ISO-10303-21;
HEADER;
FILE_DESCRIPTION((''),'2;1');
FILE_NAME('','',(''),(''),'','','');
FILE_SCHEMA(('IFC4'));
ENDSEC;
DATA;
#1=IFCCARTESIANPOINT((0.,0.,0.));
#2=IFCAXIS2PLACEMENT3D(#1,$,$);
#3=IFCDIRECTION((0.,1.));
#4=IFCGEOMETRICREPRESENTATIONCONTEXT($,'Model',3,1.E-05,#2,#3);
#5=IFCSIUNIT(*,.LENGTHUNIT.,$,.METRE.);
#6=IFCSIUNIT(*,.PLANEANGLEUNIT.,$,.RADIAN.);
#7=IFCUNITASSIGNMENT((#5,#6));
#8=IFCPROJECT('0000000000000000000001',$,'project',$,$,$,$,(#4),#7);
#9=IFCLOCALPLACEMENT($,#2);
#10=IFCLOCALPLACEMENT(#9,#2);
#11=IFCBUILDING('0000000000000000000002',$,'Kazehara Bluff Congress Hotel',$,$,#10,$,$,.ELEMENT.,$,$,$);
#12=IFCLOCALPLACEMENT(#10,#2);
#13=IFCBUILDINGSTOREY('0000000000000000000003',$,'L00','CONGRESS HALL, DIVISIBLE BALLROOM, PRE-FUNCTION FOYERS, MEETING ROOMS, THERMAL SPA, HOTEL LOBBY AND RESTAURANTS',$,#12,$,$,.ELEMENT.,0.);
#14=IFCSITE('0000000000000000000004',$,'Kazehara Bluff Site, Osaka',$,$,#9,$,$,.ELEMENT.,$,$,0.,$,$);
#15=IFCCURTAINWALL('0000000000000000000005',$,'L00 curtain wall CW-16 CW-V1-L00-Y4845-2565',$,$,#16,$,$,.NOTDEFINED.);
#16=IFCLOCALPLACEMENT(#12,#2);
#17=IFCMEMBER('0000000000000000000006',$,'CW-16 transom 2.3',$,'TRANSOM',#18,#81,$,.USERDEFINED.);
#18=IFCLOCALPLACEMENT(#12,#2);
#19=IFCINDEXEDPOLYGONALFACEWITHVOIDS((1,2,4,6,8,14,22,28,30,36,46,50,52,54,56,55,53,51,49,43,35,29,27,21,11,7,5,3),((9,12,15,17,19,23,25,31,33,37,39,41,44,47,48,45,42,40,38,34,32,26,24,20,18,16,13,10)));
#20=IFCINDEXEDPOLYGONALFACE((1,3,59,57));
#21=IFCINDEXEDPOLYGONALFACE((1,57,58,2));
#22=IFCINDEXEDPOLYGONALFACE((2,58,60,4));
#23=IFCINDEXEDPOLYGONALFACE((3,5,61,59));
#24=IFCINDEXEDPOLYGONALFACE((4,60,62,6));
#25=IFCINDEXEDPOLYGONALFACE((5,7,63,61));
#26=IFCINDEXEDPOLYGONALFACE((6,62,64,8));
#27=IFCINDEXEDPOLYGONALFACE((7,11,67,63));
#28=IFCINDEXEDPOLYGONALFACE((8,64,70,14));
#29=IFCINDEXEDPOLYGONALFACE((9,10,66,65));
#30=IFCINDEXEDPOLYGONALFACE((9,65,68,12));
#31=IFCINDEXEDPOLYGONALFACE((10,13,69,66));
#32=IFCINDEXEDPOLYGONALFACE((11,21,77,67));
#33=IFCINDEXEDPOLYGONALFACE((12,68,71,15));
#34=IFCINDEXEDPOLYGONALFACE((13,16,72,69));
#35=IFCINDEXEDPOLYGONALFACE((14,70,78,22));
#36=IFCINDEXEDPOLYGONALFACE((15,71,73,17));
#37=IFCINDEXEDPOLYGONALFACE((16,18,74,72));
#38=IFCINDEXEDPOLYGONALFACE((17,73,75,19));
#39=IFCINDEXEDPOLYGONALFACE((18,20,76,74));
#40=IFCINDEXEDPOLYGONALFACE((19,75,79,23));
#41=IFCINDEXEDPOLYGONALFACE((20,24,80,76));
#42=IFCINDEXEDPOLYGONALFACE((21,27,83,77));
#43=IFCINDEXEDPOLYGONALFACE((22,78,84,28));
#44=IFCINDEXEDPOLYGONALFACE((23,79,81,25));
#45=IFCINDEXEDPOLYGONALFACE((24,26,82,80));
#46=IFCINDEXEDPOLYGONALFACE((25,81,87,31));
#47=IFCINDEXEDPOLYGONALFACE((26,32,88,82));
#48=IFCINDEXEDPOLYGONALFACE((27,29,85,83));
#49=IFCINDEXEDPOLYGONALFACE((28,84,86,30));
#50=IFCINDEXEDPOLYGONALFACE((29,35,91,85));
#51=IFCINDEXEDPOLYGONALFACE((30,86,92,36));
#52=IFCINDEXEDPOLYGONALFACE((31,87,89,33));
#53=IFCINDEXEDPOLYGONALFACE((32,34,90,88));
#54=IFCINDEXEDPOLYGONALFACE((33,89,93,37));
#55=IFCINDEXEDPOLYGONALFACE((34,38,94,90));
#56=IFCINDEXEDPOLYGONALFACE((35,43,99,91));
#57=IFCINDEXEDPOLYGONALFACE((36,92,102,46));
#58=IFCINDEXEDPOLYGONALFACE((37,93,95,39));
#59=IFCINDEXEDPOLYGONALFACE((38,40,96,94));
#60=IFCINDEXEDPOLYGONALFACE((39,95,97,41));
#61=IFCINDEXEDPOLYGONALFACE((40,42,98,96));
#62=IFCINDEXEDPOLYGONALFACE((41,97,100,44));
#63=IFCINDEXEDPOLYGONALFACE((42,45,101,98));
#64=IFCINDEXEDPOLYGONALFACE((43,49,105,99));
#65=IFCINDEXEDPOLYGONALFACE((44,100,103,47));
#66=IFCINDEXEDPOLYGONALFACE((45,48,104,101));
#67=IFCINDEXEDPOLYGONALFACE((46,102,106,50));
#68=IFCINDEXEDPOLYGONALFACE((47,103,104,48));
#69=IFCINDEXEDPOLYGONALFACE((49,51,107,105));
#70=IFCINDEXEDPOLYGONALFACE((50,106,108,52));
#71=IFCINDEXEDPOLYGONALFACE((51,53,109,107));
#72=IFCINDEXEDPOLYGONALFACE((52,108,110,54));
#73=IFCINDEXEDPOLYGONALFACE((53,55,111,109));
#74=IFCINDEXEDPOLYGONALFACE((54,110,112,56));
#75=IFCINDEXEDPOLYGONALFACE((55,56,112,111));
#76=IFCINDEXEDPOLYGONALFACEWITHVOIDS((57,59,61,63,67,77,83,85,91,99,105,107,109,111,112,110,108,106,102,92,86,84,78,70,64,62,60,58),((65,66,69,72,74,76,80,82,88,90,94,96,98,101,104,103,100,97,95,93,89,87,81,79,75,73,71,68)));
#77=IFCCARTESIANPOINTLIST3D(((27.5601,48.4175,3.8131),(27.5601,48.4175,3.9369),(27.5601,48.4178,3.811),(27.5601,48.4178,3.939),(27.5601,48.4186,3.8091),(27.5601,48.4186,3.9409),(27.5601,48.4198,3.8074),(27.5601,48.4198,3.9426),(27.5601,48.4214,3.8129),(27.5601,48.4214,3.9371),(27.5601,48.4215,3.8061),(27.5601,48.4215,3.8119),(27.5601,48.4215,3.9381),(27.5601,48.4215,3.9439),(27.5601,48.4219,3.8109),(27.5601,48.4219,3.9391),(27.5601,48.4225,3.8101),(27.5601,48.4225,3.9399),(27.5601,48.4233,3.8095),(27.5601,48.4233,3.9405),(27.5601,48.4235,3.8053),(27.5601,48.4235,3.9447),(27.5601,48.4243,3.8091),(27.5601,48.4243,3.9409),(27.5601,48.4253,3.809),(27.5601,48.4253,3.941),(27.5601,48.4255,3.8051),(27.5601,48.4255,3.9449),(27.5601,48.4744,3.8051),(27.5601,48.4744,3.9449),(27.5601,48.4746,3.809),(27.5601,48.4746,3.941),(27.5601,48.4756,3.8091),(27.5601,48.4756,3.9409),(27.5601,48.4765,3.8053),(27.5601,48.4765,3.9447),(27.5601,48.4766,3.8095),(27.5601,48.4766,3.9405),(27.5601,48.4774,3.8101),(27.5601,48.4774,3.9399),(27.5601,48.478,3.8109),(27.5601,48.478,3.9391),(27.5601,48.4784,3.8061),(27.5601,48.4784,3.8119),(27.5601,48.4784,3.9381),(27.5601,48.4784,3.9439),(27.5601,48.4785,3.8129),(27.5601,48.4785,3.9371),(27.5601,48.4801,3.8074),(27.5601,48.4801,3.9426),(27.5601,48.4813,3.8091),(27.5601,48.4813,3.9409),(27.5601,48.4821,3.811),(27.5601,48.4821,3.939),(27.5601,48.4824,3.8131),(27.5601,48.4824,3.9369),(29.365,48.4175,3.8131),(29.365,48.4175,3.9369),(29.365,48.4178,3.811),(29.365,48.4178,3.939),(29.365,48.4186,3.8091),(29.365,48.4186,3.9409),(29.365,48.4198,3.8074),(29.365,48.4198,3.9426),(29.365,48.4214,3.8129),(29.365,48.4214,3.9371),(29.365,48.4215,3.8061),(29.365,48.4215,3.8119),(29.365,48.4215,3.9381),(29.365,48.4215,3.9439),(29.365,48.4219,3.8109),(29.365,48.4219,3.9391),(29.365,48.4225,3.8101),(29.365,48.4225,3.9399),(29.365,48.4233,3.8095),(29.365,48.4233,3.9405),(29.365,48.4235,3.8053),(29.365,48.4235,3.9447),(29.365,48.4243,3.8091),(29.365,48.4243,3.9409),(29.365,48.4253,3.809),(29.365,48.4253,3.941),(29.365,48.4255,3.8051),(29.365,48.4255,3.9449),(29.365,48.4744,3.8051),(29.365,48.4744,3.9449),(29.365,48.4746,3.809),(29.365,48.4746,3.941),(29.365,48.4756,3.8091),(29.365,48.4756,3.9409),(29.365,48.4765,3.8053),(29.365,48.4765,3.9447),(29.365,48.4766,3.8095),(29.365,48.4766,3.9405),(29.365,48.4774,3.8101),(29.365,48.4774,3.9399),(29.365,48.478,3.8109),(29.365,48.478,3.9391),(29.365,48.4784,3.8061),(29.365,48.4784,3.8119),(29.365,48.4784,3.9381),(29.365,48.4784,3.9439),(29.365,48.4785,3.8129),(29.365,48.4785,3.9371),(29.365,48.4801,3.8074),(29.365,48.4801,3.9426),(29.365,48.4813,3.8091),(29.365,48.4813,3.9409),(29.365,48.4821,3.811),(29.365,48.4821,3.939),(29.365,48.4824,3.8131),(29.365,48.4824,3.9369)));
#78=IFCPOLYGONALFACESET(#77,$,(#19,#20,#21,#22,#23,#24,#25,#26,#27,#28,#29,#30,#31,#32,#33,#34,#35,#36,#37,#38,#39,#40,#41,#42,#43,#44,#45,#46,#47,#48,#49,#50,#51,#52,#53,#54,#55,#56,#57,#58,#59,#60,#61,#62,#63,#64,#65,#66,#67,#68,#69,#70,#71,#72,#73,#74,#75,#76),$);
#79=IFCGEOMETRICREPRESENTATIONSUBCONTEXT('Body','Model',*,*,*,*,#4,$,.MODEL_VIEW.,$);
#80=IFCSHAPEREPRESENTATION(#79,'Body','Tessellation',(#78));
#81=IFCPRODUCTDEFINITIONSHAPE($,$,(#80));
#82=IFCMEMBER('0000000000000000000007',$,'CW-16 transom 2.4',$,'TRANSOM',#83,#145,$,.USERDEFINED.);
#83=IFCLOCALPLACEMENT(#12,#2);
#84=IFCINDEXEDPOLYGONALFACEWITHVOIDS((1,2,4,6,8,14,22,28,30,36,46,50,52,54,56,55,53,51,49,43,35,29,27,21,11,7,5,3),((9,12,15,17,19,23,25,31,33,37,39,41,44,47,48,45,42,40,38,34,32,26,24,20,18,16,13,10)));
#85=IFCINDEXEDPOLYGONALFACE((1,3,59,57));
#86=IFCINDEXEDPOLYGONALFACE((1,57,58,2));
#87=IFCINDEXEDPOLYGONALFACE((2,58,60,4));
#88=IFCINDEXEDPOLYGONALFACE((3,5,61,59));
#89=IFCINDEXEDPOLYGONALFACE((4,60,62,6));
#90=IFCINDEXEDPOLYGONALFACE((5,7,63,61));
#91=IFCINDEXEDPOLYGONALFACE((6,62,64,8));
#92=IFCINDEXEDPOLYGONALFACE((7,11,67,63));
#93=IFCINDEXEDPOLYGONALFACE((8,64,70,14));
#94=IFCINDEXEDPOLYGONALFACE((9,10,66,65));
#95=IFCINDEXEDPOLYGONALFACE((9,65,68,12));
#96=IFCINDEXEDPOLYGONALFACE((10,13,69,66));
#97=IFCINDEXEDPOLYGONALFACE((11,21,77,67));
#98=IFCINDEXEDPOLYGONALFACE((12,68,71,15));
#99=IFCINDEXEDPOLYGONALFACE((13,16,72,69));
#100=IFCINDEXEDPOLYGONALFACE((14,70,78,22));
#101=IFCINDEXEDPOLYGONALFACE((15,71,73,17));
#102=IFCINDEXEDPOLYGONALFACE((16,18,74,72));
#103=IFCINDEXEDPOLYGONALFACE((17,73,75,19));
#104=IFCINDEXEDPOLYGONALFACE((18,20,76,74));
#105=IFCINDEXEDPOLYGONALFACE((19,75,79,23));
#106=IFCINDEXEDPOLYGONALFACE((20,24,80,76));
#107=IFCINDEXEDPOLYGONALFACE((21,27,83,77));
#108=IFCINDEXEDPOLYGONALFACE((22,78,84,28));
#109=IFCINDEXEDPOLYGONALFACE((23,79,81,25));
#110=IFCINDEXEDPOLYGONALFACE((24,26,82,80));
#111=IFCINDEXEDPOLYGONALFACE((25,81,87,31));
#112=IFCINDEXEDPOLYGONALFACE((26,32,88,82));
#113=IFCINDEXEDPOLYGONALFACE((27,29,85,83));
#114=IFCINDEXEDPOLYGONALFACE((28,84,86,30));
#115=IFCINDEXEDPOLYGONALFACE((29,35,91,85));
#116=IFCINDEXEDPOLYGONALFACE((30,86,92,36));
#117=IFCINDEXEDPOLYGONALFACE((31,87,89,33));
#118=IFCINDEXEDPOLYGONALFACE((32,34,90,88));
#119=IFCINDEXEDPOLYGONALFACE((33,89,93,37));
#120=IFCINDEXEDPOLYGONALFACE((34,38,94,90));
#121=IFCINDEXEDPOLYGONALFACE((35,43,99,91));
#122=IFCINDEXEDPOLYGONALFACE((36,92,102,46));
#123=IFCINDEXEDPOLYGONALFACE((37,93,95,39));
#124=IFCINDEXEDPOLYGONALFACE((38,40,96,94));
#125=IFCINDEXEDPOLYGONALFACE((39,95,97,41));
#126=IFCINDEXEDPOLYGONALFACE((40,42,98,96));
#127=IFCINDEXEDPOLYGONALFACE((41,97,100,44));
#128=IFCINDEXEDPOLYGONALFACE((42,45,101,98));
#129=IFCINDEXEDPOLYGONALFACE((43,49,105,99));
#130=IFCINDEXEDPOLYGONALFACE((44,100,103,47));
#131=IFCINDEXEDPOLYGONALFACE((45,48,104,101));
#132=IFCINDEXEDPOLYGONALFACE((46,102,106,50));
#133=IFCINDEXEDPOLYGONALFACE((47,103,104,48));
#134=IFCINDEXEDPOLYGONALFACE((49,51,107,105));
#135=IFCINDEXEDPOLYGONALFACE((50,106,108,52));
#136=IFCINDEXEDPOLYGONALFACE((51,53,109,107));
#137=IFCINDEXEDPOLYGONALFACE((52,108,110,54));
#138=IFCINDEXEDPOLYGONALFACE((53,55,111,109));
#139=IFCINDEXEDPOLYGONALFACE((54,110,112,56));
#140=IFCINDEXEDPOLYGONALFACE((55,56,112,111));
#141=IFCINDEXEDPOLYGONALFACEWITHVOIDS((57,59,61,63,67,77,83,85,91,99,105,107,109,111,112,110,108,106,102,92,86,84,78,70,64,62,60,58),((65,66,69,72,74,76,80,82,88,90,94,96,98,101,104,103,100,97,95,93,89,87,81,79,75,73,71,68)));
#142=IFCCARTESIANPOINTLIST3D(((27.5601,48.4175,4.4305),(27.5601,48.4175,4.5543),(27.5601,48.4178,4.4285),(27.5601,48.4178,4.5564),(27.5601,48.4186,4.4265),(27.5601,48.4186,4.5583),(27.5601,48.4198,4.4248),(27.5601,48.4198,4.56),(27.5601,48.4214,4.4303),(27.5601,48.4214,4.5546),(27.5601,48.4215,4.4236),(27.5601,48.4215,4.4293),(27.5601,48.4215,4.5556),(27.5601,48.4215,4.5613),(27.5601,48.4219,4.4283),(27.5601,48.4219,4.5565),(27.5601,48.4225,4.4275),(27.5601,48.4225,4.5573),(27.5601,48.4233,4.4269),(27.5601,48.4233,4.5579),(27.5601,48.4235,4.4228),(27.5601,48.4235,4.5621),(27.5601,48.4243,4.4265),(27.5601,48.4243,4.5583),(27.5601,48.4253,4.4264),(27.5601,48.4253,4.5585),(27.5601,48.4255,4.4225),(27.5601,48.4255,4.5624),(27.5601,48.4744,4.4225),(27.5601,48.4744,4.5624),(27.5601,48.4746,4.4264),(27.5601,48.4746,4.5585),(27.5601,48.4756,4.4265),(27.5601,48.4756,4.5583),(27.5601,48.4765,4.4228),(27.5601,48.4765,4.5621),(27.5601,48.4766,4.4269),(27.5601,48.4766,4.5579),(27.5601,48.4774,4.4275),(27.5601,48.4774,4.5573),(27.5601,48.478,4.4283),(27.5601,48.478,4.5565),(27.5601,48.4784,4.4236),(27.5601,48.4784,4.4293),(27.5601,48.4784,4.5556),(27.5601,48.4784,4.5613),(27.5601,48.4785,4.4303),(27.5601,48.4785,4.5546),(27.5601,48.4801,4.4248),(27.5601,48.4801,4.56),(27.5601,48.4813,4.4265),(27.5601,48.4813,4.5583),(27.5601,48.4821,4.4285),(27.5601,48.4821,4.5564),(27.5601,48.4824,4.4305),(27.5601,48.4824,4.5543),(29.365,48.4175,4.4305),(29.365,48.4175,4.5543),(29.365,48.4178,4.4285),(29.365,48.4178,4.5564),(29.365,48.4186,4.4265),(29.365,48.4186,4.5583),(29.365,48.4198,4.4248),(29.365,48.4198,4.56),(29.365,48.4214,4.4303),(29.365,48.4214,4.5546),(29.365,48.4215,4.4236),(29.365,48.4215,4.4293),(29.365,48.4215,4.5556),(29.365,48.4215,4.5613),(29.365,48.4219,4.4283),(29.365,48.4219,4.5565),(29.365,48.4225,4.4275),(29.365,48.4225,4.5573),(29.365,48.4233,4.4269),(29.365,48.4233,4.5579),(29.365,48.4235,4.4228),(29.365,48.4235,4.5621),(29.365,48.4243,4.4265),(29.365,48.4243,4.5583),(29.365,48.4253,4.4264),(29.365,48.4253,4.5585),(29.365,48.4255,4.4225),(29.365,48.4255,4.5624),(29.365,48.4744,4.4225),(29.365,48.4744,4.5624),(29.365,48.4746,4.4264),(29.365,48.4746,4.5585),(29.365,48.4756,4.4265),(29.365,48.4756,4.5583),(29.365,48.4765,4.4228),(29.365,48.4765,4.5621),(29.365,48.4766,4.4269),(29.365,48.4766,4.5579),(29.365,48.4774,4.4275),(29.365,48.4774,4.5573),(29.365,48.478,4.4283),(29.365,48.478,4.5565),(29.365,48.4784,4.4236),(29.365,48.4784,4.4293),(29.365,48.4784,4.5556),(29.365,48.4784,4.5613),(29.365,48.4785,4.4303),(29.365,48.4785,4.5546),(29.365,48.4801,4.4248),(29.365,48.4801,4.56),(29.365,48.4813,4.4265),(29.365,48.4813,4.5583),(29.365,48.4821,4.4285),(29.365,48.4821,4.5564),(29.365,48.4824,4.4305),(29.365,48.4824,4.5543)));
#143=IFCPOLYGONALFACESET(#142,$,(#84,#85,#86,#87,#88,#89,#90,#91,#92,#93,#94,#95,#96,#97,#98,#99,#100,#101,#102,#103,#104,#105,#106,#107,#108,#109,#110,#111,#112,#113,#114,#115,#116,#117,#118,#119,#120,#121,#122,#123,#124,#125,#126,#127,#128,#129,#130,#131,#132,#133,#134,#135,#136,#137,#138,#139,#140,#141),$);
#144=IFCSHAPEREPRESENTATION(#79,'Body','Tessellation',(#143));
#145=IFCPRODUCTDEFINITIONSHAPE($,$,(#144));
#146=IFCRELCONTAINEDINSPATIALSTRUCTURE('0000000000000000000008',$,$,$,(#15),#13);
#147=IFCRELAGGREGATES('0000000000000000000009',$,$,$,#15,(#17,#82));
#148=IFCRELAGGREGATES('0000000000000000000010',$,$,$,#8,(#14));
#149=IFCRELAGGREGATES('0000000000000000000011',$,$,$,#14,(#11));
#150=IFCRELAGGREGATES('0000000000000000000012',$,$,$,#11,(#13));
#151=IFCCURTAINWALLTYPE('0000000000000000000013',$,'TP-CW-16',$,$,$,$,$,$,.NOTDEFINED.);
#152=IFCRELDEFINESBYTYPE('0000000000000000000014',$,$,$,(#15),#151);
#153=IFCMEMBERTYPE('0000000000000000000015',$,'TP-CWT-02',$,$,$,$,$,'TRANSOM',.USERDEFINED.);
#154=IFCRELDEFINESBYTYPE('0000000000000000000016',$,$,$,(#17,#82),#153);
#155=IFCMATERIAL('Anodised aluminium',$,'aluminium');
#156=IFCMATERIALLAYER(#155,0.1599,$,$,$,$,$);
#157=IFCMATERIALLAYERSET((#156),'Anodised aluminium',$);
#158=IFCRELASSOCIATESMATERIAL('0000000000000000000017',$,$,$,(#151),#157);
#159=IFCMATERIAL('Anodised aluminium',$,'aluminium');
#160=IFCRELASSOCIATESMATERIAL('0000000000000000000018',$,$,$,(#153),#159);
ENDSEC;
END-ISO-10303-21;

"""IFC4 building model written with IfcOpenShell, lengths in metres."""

from ifc_helpers import new_model, si_unit, direction, frame, origin, origin_2d, place, context, subcontext, project, spatial, hollow_rectangle, extrude, material, layer, layer_set, material_profile, profile_set, type_object, element, aggregate, save


model = new_model("IFC4")

# Units and contexts
model_context = context("Model", 3, precision=1e-05, world=origin(), true_north=direction((0.0, 1.0)))
body_context = subcontext(model_context, "Body", "Model", "MODEL_VIEW")
ifc_project = project(units=[si_unit("LENGTHUNIT", "METRE"), si_unit("PLANEANGLEUNIT", "RADIAN")], contexts=[model_context])

# Site, building, storey
site_placement = place(None, origin())
site = spatial("IfcSite", under=ifc_project, at=site_placement, Name="Kazehara Bluff Site, Osaka", CompositionType="ELEMENT", RefElevation=0.0)
building_placement = place(site_placement, origin())
building = spatial("IfcBuilding", under=site, at=building_placement, Name="Kazehara Bluff Congress Hotel", CompositionType="ELEMENT")
storey_placement = place(building_placement, origin())
storey = spatial("IfcBuildingStorey", under=building, at=storey_placement, Name="L00", Description="CONGRESS HALL, DIVISIBLE BALLROOM, PRE-FUNCTION FOYERS, MEETING ROOMS, THERMAL SPA, HOTEL LOBBY AND RESTAURANTS", CompositionType="ELEMENT", Elevation=0.0)

# Curtain wall, members
ifc_material_1 = material(Name="Anodised aluminium", Category="aluminium")
ifc_layer_1 = layer(ifc_material_1, 0.1599)
ifc_layer_set_1 = layer_set([ifc_layer_1], Name="Anodised aluminium")
curtain_wall_type = type_object("IfcCurtainWallType", Name="TP-CW-16", PredefinedType="NOTDEFINED", material=ifc_layer_set_1)
curtain_wall_placement = place(storey_placement, origin())
curtain_wall = element("IfcCurtainWall", 1, at=curtain_wall_placement, inside=storey, type_object=curtain_wall_type, Name="L00 curtain wall CW-16 CW-V1-L00-Y4845-2565", PredefinedType="NOTDEFINED")
ifc_material_2 = material(Name="Anodised aluminium", Category="aluminium")
ifc_material_profile_1 = material_profile(ifc_material_2, hollow_rectangle(XDim=0.0649, YDim=0.1399, WallThickness=0.0039, InnerFilletRadius=0.0039, OuterFilletRadius=0.0081, at=origin_2d()))
ifc_profile_set_1 = profile_set([ifc_material_profile_1], Name="Anodised aluminium")
member_type_1 = type_object("IfcMemberType", Name="TP-CWT-02", ElementType="TRANSOM", PredefinedType="USERDEFINED", material=ifc_profile_set_1)
member_1_placement = place(storey_placement, frame((27.5601, 48.45, 3.875), z_axis=(1.0, 0.0, 0.0), x_axis=(0.0, 1.0, 0.0)))
member_1 = element("IfcMember", 2, at=member_1_placement, type_object=member_type_1, Name="CW-16 transom 2.3", ObjectType="TRANSOM", PredefinedType="USERDEFINED", context=body_context, shape_type="SweptSolid", body=[
    extrude(hollow_rectangle(XDim=0.0649, YDim=0.1399, WallThickness=0.0039, InnerFilletRadius=0.0039, OuterFilletRadius=0.0081, at=origin_2d()), origin(), (0.0, 0.0, 1.0), 1.8049),
])
member_2_placement = place(storey_placement, frame((27.5601, 48.45, 4.4924), z_axis=(1.0, 0.0, 0.0), x_axis=(0.0, 1.0, 0.0)))
member_2 = element("IfcMember", 3, at=member_2_placement, type_object=member_type_1, Name="CW-16 transom 2.4", ObjectType="TRANSOM", PredefinedType="USERDEFINED", context=body_context, shape_type="SweptSolid", body=[
    extrude(hollow_rectangle(XDim=0.0649, YDim=0.1399, WallThickness=0.0039, InnerFilletRadius=0.0039, OuterFilletRadius=0.0081, at=origin_2d()), origin(), (0.0, 0.0, 1.0), 1.8049),
])
aggregate(curtain_wall, [member_1, member_2])

save(model, "model.ifc")
